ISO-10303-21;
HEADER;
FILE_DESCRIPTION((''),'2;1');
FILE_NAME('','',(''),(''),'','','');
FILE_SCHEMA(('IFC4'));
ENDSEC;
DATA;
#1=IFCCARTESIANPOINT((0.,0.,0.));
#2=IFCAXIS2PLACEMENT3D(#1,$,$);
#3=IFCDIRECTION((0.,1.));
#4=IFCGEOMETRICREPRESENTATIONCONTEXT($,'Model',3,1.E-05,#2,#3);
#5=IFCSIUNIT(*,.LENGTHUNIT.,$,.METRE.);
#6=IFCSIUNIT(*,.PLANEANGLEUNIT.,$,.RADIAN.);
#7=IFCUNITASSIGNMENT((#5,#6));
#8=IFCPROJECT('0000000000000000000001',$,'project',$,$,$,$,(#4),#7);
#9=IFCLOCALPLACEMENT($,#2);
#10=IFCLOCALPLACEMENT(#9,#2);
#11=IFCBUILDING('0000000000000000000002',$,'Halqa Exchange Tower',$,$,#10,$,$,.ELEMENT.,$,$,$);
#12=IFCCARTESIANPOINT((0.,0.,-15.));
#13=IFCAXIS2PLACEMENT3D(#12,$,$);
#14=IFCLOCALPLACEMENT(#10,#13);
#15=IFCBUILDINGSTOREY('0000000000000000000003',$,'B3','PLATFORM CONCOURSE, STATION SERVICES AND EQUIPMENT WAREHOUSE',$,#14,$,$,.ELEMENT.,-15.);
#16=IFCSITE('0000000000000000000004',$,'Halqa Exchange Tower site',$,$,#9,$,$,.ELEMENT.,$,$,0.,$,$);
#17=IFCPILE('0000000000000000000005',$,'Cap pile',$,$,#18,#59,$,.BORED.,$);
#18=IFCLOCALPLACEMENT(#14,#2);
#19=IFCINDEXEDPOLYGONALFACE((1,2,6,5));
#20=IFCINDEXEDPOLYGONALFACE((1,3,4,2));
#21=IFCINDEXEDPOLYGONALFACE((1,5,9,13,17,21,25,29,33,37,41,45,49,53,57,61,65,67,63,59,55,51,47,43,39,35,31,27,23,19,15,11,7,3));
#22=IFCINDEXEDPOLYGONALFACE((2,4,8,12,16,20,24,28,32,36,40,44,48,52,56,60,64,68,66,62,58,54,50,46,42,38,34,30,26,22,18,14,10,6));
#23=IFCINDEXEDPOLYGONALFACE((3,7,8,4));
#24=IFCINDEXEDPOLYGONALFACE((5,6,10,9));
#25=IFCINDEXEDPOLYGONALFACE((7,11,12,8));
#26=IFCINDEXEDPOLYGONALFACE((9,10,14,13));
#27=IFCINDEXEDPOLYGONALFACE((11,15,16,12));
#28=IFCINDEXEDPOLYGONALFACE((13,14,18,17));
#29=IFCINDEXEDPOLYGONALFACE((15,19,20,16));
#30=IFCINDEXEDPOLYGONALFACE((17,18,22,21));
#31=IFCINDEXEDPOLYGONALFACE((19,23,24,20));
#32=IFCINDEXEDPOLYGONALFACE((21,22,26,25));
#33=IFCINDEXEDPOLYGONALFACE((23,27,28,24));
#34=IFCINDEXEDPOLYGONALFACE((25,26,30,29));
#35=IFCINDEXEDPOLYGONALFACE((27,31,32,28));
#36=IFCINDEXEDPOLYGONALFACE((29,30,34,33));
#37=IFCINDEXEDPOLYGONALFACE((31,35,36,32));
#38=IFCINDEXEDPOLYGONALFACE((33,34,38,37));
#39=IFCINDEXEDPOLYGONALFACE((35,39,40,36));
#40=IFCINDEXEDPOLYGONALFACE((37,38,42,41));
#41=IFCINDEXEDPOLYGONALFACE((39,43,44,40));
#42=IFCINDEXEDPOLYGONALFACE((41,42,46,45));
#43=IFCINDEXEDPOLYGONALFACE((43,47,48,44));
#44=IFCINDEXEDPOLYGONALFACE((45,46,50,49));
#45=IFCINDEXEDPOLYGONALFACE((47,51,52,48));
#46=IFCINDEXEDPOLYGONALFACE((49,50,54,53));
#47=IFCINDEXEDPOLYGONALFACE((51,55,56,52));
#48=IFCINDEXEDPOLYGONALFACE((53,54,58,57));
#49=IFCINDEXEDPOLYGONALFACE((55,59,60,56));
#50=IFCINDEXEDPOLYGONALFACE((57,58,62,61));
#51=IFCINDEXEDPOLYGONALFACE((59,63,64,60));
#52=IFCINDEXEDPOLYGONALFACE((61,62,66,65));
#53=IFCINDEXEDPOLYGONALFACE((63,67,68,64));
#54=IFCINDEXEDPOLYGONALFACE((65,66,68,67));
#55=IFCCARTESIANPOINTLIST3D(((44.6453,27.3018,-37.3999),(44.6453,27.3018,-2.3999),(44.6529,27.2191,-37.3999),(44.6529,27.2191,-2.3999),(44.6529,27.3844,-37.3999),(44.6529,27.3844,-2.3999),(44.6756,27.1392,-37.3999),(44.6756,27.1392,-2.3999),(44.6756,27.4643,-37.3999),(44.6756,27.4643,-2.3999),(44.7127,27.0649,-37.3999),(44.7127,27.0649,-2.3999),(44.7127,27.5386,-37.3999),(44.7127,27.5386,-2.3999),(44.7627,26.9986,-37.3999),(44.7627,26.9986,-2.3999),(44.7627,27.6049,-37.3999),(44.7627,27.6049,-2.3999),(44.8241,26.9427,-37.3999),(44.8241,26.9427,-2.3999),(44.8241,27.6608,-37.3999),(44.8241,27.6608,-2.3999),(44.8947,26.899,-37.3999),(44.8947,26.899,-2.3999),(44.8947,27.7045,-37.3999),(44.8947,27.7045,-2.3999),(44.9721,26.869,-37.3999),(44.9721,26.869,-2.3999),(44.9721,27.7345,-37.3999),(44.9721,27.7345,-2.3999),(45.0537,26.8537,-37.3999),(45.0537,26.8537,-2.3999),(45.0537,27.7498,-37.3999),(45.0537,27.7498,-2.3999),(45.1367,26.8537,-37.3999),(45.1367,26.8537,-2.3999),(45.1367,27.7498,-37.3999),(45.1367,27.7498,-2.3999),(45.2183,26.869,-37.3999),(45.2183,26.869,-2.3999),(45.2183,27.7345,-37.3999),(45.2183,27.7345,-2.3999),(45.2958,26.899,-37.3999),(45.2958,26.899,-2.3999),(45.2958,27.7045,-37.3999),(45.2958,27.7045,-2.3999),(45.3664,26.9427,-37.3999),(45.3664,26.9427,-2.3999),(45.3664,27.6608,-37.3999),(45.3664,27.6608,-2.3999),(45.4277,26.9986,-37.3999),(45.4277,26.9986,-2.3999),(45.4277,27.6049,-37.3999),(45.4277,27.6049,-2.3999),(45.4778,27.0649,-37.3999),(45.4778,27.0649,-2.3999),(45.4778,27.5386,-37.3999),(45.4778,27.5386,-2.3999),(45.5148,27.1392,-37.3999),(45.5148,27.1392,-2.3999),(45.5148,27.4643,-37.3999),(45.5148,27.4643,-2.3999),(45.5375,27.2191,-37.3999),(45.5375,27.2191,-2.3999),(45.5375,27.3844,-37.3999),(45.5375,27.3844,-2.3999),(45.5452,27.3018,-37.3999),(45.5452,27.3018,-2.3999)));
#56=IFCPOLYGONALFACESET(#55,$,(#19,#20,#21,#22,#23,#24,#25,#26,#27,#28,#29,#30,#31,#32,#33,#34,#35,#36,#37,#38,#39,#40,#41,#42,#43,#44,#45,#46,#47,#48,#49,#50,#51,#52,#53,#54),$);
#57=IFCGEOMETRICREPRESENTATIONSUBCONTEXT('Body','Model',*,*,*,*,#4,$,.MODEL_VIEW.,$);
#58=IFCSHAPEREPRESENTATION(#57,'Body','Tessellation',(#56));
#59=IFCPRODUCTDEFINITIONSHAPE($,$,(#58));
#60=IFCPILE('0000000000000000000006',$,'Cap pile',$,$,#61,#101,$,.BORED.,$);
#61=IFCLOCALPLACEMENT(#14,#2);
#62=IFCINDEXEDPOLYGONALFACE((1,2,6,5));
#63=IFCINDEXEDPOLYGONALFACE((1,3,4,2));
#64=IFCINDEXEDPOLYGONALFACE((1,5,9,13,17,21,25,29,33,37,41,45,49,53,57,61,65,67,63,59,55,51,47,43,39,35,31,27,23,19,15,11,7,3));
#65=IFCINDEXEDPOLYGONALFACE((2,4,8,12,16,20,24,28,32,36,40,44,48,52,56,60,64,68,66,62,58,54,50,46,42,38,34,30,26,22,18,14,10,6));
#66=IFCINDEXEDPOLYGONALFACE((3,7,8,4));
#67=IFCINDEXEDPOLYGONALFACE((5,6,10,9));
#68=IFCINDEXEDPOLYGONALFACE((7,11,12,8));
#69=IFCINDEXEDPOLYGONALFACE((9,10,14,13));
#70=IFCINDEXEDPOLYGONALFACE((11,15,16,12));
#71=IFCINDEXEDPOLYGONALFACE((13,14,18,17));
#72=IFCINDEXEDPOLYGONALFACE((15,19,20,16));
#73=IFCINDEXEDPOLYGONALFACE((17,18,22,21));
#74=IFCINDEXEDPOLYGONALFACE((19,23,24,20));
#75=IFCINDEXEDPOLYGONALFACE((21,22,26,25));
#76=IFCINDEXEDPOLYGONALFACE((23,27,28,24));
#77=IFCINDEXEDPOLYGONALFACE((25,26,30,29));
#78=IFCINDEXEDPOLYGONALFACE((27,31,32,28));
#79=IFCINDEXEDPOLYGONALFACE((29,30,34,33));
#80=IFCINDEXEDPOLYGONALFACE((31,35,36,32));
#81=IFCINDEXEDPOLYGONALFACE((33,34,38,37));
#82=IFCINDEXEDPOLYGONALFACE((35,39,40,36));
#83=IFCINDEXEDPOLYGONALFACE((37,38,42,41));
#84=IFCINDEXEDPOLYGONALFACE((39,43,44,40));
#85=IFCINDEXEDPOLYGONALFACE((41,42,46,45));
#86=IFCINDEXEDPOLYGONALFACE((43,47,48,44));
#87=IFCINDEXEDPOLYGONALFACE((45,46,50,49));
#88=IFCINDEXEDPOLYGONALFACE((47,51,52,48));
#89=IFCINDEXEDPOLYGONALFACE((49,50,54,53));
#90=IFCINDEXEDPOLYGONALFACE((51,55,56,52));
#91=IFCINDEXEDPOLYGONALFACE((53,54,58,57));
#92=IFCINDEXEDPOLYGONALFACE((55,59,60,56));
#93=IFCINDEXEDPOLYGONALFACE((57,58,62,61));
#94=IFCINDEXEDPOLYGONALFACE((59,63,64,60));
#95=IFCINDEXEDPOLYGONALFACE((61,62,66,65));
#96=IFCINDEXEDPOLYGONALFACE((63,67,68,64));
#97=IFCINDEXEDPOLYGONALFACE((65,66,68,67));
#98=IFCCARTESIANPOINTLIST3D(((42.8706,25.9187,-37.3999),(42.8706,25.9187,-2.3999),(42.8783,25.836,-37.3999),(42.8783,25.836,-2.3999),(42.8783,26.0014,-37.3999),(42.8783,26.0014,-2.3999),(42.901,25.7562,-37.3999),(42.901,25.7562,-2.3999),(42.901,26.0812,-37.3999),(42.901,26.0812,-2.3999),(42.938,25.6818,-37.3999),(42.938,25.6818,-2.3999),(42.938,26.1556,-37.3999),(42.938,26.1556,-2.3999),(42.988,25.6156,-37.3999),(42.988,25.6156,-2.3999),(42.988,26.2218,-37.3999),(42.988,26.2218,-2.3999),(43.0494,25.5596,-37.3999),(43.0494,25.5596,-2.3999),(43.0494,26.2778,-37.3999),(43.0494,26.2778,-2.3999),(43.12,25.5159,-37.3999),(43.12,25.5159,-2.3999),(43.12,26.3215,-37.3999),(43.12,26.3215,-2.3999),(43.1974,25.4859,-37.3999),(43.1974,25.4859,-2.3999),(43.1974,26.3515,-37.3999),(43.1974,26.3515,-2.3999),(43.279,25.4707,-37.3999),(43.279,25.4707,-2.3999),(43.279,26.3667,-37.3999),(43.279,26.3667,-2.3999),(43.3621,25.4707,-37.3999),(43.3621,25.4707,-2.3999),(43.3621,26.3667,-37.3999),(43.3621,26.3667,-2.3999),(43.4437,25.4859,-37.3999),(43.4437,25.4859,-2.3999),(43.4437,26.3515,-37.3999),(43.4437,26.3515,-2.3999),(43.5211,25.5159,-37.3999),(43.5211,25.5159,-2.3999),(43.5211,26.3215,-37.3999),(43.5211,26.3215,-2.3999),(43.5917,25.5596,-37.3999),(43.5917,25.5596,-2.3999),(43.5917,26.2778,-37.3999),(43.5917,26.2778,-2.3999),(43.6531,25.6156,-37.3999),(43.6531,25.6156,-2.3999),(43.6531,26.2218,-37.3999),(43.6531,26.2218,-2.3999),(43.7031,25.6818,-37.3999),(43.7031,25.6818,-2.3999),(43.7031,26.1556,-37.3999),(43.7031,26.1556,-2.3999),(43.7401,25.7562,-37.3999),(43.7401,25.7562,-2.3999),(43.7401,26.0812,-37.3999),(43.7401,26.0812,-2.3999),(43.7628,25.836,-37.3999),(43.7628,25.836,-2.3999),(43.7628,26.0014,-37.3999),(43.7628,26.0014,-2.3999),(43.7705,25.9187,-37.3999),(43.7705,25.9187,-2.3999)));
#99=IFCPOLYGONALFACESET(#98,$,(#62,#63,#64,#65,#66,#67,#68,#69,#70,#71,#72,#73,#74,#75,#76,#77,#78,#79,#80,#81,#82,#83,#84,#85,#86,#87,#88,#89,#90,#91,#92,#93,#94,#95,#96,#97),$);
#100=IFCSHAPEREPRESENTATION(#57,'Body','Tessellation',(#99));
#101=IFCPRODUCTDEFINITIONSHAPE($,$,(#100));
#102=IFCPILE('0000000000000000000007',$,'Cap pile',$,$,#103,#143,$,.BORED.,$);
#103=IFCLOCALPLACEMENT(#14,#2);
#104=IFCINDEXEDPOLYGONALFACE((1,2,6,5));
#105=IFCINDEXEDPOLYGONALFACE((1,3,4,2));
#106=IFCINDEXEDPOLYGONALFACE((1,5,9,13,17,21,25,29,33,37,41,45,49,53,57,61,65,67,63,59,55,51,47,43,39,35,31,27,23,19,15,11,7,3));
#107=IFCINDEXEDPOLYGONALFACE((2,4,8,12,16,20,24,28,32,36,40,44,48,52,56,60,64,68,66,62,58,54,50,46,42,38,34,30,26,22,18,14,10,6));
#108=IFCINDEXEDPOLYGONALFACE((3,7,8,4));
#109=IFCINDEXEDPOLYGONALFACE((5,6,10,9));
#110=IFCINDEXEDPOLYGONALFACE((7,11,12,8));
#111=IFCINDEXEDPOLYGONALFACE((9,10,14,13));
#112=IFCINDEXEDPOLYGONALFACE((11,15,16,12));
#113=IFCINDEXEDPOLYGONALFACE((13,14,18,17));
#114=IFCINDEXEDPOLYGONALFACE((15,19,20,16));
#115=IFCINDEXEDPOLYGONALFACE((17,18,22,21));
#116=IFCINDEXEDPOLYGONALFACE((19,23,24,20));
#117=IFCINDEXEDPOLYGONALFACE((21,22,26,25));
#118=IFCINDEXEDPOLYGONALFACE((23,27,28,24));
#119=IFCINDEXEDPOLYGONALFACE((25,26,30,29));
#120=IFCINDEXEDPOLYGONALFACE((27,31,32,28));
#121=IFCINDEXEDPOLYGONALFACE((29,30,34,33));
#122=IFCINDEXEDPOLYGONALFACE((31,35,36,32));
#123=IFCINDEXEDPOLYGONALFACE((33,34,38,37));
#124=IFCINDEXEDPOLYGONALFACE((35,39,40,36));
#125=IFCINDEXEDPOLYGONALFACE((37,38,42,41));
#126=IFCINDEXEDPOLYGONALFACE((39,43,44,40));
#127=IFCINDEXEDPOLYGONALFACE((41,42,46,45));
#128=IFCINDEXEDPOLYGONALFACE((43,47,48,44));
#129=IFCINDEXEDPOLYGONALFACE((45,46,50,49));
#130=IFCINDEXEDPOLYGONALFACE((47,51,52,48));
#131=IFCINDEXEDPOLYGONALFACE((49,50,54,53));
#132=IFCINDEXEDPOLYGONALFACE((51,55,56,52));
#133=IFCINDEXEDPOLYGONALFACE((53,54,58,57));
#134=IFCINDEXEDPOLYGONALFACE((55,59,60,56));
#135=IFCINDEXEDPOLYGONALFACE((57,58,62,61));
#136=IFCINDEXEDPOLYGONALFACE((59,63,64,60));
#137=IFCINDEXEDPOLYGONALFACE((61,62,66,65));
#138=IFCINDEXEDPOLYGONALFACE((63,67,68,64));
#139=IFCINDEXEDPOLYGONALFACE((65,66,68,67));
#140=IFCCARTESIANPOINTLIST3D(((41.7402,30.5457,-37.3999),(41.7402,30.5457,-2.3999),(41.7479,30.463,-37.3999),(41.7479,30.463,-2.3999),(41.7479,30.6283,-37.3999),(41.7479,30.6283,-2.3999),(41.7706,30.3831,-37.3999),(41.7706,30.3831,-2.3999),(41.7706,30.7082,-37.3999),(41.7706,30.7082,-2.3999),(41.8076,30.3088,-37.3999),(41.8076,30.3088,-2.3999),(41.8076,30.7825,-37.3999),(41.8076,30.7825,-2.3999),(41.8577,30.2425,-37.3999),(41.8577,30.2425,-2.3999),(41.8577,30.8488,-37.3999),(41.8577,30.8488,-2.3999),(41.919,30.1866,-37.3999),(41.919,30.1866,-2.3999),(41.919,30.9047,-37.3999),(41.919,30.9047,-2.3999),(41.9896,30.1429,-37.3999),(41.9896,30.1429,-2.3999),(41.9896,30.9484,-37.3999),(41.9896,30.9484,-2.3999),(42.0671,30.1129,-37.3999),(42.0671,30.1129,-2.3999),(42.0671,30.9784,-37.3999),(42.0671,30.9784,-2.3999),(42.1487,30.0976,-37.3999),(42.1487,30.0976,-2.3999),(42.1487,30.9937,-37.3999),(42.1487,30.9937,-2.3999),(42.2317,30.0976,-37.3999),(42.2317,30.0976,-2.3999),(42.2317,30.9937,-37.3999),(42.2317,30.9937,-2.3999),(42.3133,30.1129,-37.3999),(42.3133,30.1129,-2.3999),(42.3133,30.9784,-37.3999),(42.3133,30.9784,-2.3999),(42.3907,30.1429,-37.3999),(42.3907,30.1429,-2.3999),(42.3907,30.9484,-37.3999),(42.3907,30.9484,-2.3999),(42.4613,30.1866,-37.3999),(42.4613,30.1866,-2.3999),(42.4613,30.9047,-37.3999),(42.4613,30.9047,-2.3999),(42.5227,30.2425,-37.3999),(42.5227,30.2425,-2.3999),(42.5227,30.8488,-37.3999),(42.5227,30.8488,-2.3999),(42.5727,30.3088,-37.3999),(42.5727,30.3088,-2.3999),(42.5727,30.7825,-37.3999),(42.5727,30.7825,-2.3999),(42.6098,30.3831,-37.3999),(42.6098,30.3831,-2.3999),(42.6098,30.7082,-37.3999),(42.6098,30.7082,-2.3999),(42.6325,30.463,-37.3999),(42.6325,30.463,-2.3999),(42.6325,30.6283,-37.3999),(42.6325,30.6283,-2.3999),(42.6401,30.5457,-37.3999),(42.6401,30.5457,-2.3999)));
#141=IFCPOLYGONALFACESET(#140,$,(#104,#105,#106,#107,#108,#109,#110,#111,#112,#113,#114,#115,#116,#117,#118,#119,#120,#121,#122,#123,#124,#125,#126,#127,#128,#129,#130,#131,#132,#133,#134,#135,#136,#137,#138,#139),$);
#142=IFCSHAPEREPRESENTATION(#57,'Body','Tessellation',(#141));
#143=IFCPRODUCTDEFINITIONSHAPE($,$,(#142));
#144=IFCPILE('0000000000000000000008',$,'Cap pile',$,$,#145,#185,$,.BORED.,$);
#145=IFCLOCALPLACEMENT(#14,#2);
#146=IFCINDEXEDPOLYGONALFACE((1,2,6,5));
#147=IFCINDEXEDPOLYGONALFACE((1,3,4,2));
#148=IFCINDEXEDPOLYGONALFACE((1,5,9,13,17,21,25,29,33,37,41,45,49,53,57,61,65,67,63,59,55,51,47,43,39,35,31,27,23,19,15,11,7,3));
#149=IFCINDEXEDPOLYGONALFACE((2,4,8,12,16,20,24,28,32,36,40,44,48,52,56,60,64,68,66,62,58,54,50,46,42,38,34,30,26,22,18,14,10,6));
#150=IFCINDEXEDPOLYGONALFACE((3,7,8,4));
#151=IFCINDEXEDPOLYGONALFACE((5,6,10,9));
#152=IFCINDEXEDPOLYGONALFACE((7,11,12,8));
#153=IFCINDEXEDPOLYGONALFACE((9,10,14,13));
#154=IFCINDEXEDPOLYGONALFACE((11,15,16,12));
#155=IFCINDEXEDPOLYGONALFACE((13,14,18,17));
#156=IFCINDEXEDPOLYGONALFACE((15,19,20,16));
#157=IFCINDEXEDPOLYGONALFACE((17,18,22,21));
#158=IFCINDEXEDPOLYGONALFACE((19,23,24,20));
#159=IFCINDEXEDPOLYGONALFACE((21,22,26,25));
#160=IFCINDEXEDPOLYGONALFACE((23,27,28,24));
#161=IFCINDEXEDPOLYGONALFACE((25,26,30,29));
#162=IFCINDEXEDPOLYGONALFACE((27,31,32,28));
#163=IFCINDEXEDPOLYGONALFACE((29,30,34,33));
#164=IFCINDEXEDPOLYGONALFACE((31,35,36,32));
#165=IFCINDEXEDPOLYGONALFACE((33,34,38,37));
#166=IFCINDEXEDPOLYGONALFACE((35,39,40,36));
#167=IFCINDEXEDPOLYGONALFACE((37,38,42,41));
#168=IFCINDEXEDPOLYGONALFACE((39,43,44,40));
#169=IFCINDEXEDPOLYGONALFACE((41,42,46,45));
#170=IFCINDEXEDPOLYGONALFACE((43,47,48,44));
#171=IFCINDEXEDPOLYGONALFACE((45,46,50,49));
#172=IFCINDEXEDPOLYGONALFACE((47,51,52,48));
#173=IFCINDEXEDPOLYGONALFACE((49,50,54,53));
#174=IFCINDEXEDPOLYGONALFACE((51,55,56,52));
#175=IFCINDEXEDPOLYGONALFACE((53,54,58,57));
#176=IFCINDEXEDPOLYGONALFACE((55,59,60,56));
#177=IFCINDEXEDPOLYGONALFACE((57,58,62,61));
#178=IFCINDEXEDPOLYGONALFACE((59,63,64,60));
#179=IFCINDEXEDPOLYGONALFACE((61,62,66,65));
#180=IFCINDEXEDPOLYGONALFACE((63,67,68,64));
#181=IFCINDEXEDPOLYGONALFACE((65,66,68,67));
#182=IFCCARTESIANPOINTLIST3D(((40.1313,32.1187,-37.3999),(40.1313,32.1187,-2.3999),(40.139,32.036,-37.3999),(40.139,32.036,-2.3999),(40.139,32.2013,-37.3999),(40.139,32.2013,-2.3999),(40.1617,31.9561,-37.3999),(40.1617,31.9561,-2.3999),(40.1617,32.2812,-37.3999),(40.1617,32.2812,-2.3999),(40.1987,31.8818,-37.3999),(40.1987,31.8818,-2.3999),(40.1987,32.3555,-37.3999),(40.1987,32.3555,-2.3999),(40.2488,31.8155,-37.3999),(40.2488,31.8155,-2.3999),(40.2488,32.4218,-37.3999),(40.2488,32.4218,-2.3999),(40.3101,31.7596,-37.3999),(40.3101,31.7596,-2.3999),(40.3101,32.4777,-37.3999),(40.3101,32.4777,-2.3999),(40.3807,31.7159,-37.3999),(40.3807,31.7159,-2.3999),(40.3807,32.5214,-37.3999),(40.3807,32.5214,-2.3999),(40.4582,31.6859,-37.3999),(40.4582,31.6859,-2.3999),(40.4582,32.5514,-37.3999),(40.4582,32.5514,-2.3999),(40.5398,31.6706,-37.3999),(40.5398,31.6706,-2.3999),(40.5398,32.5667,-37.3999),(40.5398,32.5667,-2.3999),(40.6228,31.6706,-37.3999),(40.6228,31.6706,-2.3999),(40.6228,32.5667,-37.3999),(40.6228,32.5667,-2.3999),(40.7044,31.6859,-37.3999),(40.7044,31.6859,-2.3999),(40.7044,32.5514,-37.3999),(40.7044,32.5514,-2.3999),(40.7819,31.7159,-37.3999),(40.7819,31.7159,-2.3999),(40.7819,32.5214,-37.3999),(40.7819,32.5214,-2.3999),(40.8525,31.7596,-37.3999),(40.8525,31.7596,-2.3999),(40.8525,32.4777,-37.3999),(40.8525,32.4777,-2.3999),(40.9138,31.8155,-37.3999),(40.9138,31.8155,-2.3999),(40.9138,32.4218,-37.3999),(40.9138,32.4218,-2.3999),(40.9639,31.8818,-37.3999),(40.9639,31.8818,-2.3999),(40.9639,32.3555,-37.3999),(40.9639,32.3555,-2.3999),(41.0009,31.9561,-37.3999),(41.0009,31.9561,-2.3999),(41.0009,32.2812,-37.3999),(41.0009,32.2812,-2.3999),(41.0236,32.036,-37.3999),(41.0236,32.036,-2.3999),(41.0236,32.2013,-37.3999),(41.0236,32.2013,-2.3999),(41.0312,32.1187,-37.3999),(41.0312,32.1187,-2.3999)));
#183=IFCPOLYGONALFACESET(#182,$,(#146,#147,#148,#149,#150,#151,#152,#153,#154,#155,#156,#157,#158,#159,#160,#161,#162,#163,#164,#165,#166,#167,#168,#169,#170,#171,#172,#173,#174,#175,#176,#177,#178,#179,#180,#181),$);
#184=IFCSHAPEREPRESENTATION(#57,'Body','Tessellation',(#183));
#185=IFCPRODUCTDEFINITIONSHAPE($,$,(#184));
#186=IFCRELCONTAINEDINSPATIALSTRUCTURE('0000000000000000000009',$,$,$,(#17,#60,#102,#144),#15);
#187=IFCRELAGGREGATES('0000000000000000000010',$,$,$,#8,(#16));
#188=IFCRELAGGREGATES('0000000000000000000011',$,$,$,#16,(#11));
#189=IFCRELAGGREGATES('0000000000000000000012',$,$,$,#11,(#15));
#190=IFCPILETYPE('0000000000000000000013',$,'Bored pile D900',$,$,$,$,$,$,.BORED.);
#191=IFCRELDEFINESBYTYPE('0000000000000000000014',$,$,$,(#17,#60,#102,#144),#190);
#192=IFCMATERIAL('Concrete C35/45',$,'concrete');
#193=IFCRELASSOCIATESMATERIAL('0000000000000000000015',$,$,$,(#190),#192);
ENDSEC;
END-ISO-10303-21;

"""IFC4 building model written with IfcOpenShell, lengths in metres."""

from ifc_helpers import new_model, si_unit, direction, frame, origin, origin_2d, place, context, subcontext, project, spatial, circle, extrude, material, material_profile, profile_set, type_object, element, save


model = new_model("IFC4")

# Units and contexts
model_context = context("Model", 3, precision=1e-05, world=origin(), true_north=direction((0.0, 1.0)))
body_context = subcontext(model_context, "Body", "Model", "MODEL_VIEW")
ifc_project = project(units=[si_unit("LENGTHUNIT", "METRE"), si_unit("PLANEANGLEUNIT", "RADIAN")], contexts=[model_context])

# Site, building, storey
site_placement = place(None, origin())
site = spatial("IfcSite", under=ifc_project, at=site_placement, Name="Halqa Exchange Tower site", CompositionType="ELEMENT", RefElevation=0.0)
building_placement = place(site_placement, origin())
building = spatial("IfcBuilding", under=site, at=building_placement, Name="Halqa Exchange Tower", CompositionType="ELEMENT")
storey_placement = place(building_placement, frame((0.0, 0.0, -15.0)))
storey = spatial("IfcBuildingStorey", under=building, at=storey_placement, Name="B3", Description="PLATFORM CONCOURSE, STATION SERVICES AND EQUIPMENT WAREHOUSE", CompositionType="ELEMENT", Elevation=-15.0)

# Piles
ifc_material_1 = material(Name="Concrete C35/45", Category="concrete")
ifc_material_profile_1 = material_profile(ifc_material_1, circle(Radius=0.45, at=origin_2d()), Name="D900")
ifc_profile_set_1 = profile_set([ifc_material_profile_1], Name="Concrete C35/45")
pile_type = type_object("IfcPileType", Name="Bored pile D900", PredefinedType="BORED", material=ifc_profile_set_1)
for number, where, z_axis, x_axis, name in (
    (1, (45.0952, 27.3018, -2.3999), (0.0, 0.0, -1.0), (1.0, 0.0, 0.0), "Cap pile"),
    (2, (43.3206, 25.9187, -2.3999), (0.0, 0.0, -1.0), (1.0, 0.0, 0.0), "Cap pile"),
    (3, (42.1902, 30.5457, -2.3999), (0.0, 0.0, -1.0), (1.0, 0.0, 0.0), "Cap pile"),
    (4, (40.5813, 32.1187, -2.3999), (0.0, 0.0, -1.0), (1.0, 0.0, 0.0), "Cap pile"),
):
    element("IfcPile", number, at=place(storey_placement, frame(where, z_axis=z_axis, x_axis=x_axis)), inside=storey, type_object=pile_type, Name=name, PredefinedType="BORED", context=body_context, shape_type="SweptSolid", body=[
        extrude(circle(Radius=0.45, at=origin_2d()), origin(), (0.0, 0.0, 1.0), 35.0),
    ])

save(model, "model.ifc")
